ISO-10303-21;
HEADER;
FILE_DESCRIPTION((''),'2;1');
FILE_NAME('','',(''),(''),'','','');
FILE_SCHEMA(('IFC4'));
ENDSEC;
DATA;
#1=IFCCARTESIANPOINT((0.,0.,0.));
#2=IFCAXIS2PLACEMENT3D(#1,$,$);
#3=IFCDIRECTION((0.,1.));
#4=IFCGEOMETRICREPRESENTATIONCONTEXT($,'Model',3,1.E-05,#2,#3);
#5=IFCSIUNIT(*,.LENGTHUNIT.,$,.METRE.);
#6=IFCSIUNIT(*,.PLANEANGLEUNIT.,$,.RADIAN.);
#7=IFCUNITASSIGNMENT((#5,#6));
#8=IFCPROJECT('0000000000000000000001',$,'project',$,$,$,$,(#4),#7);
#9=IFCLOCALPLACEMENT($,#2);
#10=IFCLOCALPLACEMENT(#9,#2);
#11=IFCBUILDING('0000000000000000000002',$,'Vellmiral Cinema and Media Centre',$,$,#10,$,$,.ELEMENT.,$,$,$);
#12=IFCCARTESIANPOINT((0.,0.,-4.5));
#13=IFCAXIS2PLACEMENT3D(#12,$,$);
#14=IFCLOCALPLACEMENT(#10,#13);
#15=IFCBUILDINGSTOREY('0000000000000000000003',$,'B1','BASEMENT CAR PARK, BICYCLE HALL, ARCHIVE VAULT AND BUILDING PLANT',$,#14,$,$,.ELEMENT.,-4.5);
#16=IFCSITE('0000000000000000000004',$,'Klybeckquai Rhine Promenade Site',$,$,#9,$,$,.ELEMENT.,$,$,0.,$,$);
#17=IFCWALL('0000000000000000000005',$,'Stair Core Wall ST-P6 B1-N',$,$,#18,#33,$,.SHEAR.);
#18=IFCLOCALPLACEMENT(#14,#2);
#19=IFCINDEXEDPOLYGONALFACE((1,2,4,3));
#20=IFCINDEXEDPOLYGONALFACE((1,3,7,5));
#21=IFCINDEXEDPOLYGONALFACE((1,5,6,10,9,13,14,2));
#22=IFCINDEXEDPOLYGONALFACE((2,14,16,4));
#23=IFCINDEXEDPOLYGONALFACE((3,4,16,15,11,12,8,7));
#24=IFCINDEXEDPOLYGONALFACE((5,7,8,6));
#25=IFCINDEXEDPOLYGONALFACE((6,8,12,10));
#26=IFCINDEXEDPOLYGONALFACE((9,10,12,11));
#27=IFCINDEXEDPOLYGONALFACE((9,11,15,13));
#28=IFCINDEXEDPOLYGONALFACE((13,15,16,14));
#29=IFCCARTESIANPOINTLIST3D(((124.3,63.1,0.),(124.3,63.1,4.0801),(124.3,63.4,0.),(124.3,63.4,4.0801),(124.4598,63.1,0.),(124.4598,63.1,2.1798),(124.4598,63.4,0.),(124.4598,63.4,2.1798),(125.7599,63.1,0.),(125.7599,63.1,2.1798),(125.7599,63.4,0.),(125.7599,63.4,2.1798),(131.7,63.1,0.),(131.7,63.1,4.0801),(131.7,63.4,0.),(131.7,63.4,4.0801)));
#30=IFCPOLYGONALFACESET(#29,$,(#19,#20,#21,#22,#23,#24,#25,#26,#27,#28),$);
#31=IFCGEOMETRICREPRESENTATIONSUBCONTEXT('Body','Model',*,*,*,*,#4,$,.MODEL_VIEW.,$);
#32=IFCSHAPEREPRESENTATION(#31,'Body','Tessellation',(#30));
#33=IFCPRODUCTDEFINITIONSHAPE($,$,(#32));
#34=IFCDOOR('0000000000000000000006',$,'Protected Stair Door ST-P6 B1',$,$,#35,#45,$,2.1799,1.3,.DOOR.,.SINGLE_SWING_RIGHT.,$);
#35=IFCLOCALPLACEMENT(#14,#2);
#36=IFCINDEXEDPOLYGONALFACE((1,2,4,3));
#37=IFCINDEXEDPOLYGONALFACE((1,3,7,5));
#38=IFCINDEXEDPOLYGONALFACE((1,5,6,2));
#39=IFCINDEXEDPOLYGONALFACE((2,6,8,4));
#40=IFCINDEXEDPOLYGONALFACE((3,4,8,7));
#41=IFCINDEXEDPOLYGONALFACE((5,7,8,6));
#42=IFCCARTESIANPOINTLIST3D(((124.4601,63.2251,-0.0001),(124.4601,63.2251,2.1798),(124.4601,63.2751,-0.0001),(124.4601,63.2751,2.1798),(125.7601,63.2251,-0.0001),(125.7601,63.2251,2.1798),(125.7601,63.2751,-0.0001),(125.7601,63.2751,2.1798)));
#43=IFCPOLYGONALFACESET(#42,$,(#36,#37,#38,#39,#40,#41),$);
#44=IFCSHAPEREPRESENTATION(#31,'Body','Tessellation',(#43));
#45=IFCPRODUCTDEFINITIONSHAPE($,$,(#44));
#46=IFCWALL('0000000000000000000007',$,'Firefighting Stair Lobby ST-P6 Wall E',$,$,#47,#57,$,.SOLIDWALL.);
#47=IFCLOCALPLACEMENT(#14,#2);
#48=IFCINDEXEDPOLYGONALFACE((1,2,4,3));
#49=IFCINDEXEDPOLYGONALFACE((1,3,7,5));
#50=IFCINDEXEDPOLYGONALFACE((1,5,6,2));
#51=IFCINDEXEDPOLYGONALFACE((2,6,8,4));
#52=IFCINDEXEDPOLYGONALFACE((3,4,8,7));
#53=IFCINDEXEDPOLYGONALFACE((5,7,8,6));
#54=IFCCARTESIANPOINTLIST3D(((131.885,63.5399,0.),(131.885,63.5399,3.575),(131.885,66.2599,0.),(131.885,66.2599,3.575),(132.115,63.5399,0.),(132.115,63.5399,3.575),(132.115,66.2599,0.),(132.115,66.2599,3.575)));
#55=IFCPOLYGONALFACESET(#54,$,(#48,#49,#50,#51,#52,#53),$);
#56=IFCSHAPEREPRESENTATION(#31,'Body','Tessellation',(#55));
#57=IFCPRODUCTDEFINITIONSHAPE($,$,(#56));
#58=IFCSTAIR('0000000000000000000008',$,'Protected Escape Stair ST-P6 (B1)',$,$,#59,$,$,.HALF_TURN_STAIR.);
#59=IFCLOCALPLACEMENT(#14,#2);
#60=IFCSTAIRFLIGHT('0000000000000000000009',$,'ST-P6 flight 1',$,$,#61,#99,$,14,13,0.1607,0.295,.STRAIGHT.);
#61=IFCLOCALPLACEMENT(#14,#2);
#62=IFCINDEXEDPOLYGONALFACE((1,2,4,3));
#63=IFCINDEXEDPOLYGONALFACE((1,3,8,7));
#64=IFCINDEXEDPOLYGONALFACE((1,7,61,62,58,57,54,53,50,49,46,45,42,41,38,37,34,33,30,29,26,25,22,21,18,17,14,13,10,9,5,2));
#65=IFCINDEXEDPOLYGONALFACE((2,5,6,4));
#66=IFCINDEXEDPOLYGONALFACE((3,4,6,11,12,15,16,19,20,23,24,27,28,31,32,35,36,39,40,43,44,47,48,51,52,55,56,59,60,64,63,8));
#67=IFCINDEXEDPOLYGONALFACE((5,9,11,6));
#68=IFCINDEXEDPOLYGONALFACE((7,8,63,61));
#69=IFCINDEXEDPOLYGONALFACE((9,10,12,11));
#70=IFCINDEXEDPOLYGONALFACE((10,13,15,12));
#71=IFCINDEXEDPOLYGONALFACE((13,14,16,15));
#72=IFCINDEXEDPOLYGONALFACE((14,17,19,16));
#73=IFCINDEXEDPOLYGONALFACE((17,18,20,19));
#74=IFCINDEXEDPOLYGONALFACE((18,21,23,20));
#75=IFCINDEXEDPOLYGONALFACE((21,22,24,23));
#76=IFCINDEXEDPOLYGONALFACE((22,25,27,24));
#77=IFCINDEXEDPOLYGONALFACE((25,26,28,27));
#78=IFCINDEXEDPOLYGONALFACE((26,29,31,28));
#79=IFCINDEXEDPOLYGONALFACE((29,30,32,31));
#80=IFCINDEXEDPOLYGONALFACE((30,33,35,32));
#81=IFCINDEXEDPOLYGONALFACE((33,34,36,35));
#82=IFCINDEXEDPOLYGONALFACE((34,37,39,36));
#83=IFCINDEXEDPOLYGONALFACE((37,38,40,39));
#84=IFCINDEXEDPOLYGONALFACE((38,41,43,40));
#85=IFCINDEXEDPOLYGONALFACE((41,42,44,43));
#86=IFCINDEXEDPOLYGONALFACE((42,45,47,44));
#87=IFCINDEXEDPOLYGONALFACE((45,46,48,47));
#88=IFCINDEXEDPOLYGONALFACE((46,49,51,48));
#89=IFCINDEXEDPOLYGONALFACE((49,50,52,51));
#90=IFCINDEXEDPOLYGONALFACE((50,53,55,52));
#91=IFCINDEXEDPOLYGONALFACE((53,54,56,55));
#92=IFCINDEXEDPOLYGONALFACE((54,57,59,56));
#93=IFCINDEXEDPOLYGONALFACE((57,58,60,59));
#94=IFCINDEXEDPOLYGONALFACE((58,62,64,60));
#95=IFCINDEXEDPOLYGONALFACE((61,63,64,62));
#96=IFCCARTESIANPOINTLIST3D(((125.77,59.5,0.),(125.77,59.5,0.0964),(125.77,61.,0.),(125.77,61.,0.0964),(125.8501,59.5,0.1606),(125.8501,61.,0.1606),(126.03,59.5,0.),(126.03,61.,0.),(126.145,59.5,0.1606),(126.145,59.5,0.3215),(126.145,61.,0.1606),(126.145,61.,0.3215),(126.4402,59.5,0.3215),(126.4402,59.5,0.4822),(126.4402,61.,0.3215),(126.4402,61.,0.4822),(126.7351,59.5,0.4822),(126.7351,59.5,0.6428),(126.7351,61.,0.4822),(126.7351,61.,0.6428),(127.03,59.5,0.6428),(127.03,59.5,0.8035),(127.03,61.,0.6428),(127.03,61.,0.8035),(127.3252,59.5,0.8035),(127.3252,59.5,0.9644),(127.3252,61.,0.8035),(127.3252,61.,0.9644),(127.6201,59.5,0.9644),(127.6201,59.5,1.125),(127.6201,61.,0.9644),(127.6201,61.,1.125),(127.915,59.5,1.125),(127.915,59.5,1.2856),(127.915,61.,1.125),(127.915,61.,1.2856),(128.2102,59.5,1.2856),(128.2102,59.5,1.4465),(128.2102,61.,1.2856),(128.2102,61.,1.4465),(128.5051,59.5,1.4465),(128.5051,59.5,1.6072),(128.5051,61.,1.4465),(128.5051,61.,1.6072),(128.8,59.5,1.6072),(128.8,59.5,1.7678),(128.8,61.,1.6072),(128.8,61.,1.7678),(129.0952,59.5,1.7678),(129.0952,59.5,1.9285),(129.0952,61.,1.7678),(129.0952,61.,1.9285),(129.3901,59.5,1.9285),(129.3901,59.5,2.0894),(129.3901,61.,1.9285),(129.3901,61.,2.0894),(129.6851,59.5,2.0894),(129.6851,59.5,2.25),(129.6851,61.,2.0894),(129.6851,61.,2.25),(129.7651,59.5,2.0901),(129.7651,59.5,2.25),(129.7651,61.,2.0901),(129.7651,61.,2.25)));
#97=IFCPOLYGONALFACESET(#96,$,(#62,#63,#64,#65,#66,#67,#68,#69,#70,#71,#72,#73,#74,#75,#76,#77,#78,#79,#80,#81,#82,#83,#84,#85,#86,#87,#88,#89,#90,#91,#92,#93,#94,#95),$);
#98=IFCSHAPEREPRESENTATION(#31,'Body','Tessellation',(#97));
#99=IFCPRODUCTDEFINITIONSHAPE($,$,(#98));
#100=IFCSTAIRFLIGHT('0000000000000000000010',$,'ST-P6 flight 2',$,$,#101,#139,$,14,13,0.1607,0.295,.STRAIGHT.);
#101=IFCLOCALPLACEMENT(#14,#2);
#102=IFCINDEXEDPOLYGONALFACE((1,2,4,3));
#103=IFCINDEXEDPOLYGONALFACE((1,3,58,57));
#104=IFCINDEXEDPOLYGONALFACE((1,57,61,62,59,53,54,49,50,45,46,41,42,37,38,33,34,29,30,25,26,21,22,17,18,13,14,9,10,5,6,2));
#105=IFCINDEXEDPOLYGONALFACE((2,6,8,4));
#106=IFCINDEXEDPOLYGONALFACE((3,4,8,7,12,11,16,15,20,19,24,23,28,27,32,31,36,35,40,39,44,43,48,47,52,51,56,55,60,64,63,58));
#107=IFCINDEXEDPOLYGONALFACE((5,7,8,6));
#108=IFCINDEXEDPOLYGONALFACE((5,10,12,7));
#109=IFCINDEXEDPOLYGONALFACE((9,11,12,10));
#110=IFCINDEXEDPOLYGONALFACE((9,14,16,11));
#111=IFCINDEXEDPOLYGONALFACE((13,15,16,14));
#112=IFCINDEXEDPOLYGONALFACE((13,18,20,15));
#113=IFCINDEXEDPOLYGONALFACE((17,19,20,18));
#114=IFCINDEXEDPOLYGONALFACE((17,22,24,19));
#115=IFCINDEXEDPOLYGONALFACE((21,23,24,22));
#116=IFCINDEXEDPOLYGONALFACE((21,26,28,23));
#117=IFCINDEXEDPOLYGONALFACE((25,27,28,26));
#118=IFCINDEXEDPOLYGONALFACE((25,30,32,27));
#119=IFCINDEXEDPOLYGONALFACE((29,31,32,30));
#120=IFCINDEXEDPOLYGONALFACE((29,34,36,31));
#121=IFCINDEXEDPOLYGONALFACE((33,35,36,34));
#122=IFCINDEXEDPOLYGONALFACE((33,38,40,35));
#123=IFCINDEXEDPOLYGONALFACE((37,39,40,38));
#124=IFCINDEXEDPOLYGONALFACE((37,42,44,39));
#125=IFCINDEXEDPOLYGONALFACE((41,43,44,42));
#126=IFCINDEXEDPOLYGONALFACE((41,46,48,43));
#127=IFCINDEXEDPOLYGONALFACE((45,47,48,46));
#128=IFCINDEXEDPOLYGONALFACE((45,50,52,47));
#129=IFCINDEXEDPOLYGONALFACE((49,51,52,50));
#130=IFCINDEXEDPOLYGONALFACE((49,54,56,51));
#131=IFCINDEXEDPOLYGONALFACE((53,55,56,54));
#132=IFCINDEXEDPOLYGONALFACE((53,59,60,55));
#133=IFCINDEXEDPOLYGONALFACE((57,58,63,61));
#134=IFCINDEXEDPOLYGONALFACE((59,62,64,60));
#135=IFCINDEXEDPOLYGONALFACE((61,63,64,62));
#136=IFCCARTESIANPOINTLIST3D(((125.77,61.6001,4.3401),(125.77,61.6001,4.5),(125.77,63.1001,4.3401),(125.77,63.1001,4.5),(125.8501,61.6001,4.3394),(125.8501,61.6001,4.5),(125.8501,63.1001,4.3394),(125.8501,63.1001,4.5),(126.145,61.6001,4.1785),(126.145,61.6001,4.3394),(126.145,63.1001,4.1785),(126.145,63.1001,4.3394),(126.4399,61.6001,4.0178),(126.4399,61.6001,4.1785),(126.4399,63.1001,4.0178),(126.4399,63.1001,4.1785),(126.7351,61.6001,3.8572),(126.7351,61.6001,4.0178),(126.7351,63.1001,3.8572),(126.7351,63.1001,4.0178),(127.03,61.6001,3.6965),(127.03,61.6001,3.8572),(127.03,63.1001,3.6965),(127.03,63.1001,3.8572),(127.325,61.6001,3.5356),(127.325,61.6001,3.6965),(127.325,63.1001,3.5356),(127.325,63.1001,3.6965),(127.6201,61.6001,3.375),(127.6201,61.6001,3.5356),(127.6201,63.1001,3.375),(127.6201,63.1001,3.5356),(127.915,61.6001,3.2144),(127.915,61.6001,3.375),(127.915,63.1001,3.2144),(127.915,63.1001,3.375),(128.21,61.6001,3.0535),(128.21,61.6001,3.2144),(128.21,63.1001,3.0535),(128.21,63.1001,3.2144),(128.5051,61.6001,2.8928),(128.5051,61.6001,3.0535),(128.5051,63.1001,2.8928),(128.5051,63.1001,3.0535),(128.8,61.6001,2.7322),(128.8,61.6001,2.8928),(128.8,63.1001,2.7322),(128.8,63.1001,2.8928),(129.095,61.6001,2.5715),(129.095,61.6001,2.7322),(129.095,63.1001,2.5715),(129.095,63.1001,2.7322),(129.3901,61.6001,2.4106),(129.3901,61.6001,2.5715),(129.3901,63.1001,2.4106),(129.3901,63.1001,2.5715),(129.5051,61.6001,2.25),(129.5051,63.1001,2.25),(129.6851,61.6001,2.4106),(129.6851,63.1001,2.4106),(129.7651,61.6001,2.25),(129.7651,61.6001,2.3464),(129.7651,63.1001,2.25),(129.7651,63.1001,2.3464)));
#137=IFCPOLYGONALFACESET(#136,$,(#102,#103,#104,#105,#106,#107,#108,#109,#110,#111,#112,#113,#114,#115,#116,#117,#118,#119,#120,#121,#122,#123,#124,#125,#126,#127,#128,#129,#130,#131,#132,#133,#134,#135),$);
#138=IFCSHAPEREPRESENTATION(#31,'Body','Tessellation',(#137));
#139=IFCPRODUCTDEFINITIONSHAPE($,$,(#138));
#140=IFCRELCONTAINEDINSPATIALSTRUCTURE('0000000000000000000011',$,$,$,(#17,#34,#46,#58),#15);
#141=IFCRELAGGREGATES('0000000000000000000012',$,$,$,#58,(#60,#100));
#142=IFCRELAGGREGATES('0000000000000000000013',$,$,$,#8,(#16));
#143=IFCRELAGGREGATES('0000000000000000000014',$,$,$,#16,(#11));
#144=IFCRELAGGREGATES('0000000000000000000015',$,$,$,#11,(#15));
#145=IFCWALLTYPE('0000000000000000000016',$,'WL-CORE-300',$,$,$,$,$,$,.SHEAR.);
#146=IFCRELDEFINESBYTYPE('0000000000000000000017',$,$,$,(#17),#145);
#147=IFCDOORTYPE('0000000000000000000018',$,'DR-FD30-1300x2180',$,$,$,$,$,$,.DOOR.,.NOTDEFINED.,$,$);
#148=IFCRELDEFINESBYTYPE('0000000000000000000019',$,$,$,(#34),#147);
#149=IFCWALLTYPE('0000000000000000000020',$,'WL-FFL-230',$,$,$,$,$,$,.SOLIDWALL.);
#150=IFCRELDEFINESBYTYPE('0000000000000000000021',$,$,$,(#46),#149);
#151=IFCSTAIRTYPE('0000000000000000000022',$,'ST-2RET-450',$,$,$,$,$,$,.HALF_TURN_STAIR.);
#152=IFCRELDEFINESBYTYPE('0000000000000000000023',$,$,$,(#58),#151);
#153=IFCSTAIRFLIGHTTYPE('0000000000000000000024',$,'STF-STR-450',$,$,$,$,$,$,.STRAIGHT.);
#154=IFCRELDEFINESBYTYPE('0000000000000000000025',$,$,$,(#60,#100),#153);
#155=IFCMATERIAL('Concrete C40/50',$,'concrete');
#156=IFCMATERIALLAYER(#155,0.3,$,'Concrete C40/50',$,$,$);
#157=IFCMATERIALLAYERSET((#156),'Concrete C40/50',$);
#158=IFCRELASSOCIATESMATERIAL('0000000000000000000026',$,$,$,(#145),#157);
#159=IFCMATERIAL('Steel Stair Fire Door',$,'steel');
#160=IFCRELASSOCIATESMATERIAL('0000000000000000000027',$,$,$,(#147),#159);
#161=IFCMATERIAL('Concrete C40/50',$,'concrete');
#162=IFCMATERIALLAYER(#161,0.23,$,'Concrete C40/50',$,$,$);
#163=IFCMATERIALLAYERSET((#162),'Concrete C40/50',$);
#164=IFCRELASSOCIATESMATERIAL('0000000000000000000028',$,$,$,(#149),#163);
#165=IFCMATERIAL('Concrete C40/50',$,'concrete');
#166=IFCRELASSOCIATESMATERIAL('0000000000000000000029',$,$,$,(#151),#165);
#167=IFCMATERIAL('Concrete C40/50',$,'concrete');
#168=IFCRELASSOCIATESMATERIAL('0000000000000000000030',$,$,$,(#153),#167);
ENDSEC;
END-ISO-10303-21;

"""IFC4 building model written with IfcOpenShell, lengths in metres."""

from ifc_helpers import new_model, si_unit, direction, frame, frame_2d, origin, place, context, subcontext, project, spatial, polyline, rectangle, outline, extrude, material, layer, layer_set, type_object, element, fill, aggregate, save


model = new_model("IFC4")

# Units and contexts
model_context = context("Model", 3, precision=1e-05, world=origin(), true_north=direction((0.0, 1.0)))
body_context = subcontext(model_context, "Body", "Model", "MODEL_VIEW")
ifc_project = project(units=[si_unit("LENGTHUNIT", "METRE"), si_unit("PLANEANGLEUNIT", "RADIAN")], contexts=[model_context])

# Site, building, storey
site_placement = place(None, origin())
site = spatial("IfcSite", under=ifc_project, at=site_placement, Name="Klybeckquai Rhine Promenade Site", CompositionType="ELEMENT", RefElevation=0.0)
building_placement = place(site_placement, origin())
building = spatial("IfcBuilding", under=site, at=building_placement, Name="Vellmiral Cinema and Media Centre", CompositionType="ELEMENT")
storey_placement = place(building_placement, frame((0.0, 0.0, -4.5)))
storey = spatial("IfcBuildingStorey", under=building, at=storey_placement, Name="B1", Description="BASEMENT CAR PARK, BICYCLE HALL, ARCHIVE VAULT AND BUILDING PLANT", CompositionType="ELEMENT", Elevation=-4.5)

# Wall, opening, door
ifc_material_1 = material(Name="Concrete C40/50", Category="concrete")
ifc_layer_1 = layer(ifc_material_1, 0.3, Name="Concrete C40/50")
ifc_layer_set_1 = layer_set([ifc_layer_1], Name="Concrete C40/50")
wall_type_1 = type_object("IfcWallType", Name="WL-CORE-300", PredefinedType="SHEAR", material=ifc_layer_set_1)
wall_1_placement = place(storey_placement, frame((124.3, 63.25, 0.0), z_axis=(0.0, 0.0, 1.0), x_axis=(1.0, 0.0, 0.0)))
wall_1 = element("IfcWall", 1, at=wall_1_placement, inside=storey, type_object=wall_type_1, Name="Stair Core Wall ST-P6 B1-N", PredefinedType="SHEAR", context=body_context, shape_type="SweptSolid", body=[
    extrude(rectangle(XDim=7.3999, YDim=0.3, at=frame_2d((3.7, 0.0))), origin(), (0.0, 0.0, 1.0), 4.0801),
])
opening_placement = place(wall_1_placement, frame((0.1599, 0.0, 0.0)))
opening = element("IfcOpeningElement", 2, at=opening_placement, cuts=wall_1, PredefinedType="OPENING", context=body_context, shape_type="SweptSolid", body=[
    extrude(rectangle(XDim=1.3, YDim=2.1799, at=frame_2d((0.6499, 1.0898))), frame((0.0, 0.1621, 0.0), z_axis=(0.0, -1.0, 0.0), x_axis=(1.0, 0.0, 0.0)), (0.0, 0.0, 1.0), 0.324),
])
ifc_material_2 = material(Name="Steel Stair Fire Door", Category="steel")
door_type = type_object("IfcDoorType", Name="DR-FD30-1300x2180", OperationType="NOTDEFINED", PredefinedType="DOOR", material=ifc_material_2)
door_placement = place(opening_placement, frame((1.3, 0.0, 0.0), z_axis=(0.0, 0.0, 1.0), x_axis=(-1.0, 0.0, 0.0)))
door = element("IfcDoor", 3, at=door_placement, inside=storey, type_object=door_type, Name="Protected Stair Door ST-P6 B1", OperationType="SINGLE_SWING_RIGHT", OverallHeight=2.1799, OverallWidth=1.3, PredefinedType="DOOR", context=body_context, shape_type="SweptSolid", body=[
    extrude(rectangle(XDim=1.3, YDim=2.1799, at=frame_2d((0.6499, 1.0898))), frame((0.0, 0.0249, 0.0), z_axis=(0.0, -1.0, 0.0), x_axis=(1.0, 0.0, 0.0)), (0.0, 0.0, 1.0), 0.05),
])
fill(opening, door)

# Wall
ifc_material_3 = material(Name="Concrete C40/50", Category="concrete")
ifc_layer_2 = layer(ifc_material_3, 0.23, Name="Concrete C40/50")
ifc_layer_set_2 = layer_set([ifc_layer_2], Name="Concrete C40/50")
wall_type_2 = type_object("IfcWallType", Name="WL-FFL-230", PredefinedType="SOLIDWALL", material=ifc_layer_set_2)
wall_2_placement = place(storey_placement, frame((132.0, 63.54, 0.0), z_axis=(0.0, 0.0, 1.0), x_axis=(0.0, 1.0, 0.0)))
element("IfcWall", 4, at=wall_2_placement, inside=storey, type_object=wall_type_2, Name="Firefighting Stair Lobby ST-P6 Wall E", PredefinedType="SOLIDWALL", context=body_context, shape_type="SweptSolid", body=[
    extrude(rectangle(XDim=2.72, YDim=0.23, at=frame_2d((1.3599, 0.0))), origin(), (0.0, 0.0, 1.0), 3.575),
])

# Stair, stair flights
ifc_material_4 = material(Name="Concrete C40/50", Category="concrete")
stair_type = type_object("IfcStairType", Name="ST-2RET-450", PredefinedType="HALF_TURN_STAIR", material=ifc_material_4)
stair_placement = place(storey_placement, origin())
stair = element("IfcStair", 5, at=stair_placement, inside=storey, type_object=stair_type, Name="Protected Escape Stair ST-P6 (B1)", PredefinedType="HALF_TURN_STAIR")
ifc_material_5 = material(Name="Concrete C40/50", Category="concrete")
stair_flight_type = type_object("IfcStairFlightType", Name="STF-STR-450", PredefinedType="STRAIGHT", material=ifc_material_5)
stair_flight_1_placement = place(storey_placement, frame((125.8501, 60.25, 0.0), z_axis=(0.0, 0.0, 1.0), x_axis=(1.0, 0.0, 0.0)))
stair_flight_1 = element("IfcStairFlight", 6, at=stair_flight_1_placement, type_object=stair_flight_type, Name="ST-P6 flight 1", NumberOfRisers=14, NumberOfTreads=13, PredefinedType="STRAIGHT", RiserHeight=0.1607, TreadLength=0.295, context=body_context, shape_type="SweptSolid", body=[
    extrude(outline(polyline([(-0.0801, 0.0), (-0.0801, 0.0964), (0.0, 0.1606), (0.2949, 0.1606), (0.2949, 0.3215), (0.5901, 0.3215), (0.5901, 0.4822), (0.885, 0.4822), (0.885, 0.6428), (1.1799, 0.6428), (1.1799, 0.8035), (1.4751, 0.8035), (1.4751, 0.9644), (1.77, 0.9644), (1.77, 1.125), (2.0649, 1.125), (2.0649, 1.2856), (2.3601, 1.2856), (2.3601, 1.4465), (2.655, 1.4465), (2.655, 1.6072), (2.95, 1.6072), (2.95, 1.7678), (3.2451, 1.7678), (3.2451, 1.9285), (3.54, 1.9285), (3.54, 2.0894), (3.835, 2.0894), (3.835, 2.25), (3.915, 2.25), (3.915, 2.0901), (0.1799, 0.0), (-0.0801, 0.0)])), frame((0.0, 0.75, 0.0), z_axis=(0.0, -1.0, 0.0), x_axis=(1.0, 0.0, 0.0)), (0.0, 0.0, 1.0), 1.5),
])
stair_flight_2_placement = place(storey_placement, frame((129.6851, 62.3501, 2.25), z_axis=(0.0, 0.0, 1.0), x_axis=(-1.0, 0.0, 0.0)))
stair_flight_2 = element("IfcStairFlight", 7, at=stair_flight_2_placement, type_object=stair_flight_type, Name="ST-P6 flight 2", NumberOfRisers=14, NumberOfTreads=13, PredefinedType="STRAIGHT", RiserHeight=0.1607, TreadLength=0.295, context=body_context, shape_type="SweptSolid", body=[
    extrude(outline(polyline([(-0.0801, 0.0), (-0.0801, 0.0964), (0.0, 0.1606), (0.2949, 0.1606), (0.2949, 0.3215), (0.5901, 0.3215), (0.5901, 0.4822), (0.885, 0.4822), (0.885, 0.6428), (1.1799, 0.6428), (1.1799, 0.8035), (1.4751, 0.8035), (1.4751, 0.9644), (1.77, 0.9644), (1.77, 1.125), (2.0649, 1.125), (2.0649, 1.2856), (2.3601, 1.2856), (2.3601, 1.4465), (2.655, 1.4465), (2.655, 1.6072), (2.95, 1.6072), (2.95, 1.7678), (3.2451, 1.7678), (3.2451, 1.9285), (3.54, 1.9285), (3.54, 2.0894), (3.835, 2.0894), (3.835, 2.25), (3.915, 2.25), (3.915, 2.0901), (0.1799, 0.0), (-0.0801, 0.0)])), frame((0.0, 0.75, 0.0), z_axis=(0.0, -1.0, 0.0), x_axis=(1.0, 0.0, 0.0)), (0.0, 0.0, 1.0), 1.5),
])
aggregate(stair, [stair_flight_1, stair_flight_2])

save(model, "model.ifc")
